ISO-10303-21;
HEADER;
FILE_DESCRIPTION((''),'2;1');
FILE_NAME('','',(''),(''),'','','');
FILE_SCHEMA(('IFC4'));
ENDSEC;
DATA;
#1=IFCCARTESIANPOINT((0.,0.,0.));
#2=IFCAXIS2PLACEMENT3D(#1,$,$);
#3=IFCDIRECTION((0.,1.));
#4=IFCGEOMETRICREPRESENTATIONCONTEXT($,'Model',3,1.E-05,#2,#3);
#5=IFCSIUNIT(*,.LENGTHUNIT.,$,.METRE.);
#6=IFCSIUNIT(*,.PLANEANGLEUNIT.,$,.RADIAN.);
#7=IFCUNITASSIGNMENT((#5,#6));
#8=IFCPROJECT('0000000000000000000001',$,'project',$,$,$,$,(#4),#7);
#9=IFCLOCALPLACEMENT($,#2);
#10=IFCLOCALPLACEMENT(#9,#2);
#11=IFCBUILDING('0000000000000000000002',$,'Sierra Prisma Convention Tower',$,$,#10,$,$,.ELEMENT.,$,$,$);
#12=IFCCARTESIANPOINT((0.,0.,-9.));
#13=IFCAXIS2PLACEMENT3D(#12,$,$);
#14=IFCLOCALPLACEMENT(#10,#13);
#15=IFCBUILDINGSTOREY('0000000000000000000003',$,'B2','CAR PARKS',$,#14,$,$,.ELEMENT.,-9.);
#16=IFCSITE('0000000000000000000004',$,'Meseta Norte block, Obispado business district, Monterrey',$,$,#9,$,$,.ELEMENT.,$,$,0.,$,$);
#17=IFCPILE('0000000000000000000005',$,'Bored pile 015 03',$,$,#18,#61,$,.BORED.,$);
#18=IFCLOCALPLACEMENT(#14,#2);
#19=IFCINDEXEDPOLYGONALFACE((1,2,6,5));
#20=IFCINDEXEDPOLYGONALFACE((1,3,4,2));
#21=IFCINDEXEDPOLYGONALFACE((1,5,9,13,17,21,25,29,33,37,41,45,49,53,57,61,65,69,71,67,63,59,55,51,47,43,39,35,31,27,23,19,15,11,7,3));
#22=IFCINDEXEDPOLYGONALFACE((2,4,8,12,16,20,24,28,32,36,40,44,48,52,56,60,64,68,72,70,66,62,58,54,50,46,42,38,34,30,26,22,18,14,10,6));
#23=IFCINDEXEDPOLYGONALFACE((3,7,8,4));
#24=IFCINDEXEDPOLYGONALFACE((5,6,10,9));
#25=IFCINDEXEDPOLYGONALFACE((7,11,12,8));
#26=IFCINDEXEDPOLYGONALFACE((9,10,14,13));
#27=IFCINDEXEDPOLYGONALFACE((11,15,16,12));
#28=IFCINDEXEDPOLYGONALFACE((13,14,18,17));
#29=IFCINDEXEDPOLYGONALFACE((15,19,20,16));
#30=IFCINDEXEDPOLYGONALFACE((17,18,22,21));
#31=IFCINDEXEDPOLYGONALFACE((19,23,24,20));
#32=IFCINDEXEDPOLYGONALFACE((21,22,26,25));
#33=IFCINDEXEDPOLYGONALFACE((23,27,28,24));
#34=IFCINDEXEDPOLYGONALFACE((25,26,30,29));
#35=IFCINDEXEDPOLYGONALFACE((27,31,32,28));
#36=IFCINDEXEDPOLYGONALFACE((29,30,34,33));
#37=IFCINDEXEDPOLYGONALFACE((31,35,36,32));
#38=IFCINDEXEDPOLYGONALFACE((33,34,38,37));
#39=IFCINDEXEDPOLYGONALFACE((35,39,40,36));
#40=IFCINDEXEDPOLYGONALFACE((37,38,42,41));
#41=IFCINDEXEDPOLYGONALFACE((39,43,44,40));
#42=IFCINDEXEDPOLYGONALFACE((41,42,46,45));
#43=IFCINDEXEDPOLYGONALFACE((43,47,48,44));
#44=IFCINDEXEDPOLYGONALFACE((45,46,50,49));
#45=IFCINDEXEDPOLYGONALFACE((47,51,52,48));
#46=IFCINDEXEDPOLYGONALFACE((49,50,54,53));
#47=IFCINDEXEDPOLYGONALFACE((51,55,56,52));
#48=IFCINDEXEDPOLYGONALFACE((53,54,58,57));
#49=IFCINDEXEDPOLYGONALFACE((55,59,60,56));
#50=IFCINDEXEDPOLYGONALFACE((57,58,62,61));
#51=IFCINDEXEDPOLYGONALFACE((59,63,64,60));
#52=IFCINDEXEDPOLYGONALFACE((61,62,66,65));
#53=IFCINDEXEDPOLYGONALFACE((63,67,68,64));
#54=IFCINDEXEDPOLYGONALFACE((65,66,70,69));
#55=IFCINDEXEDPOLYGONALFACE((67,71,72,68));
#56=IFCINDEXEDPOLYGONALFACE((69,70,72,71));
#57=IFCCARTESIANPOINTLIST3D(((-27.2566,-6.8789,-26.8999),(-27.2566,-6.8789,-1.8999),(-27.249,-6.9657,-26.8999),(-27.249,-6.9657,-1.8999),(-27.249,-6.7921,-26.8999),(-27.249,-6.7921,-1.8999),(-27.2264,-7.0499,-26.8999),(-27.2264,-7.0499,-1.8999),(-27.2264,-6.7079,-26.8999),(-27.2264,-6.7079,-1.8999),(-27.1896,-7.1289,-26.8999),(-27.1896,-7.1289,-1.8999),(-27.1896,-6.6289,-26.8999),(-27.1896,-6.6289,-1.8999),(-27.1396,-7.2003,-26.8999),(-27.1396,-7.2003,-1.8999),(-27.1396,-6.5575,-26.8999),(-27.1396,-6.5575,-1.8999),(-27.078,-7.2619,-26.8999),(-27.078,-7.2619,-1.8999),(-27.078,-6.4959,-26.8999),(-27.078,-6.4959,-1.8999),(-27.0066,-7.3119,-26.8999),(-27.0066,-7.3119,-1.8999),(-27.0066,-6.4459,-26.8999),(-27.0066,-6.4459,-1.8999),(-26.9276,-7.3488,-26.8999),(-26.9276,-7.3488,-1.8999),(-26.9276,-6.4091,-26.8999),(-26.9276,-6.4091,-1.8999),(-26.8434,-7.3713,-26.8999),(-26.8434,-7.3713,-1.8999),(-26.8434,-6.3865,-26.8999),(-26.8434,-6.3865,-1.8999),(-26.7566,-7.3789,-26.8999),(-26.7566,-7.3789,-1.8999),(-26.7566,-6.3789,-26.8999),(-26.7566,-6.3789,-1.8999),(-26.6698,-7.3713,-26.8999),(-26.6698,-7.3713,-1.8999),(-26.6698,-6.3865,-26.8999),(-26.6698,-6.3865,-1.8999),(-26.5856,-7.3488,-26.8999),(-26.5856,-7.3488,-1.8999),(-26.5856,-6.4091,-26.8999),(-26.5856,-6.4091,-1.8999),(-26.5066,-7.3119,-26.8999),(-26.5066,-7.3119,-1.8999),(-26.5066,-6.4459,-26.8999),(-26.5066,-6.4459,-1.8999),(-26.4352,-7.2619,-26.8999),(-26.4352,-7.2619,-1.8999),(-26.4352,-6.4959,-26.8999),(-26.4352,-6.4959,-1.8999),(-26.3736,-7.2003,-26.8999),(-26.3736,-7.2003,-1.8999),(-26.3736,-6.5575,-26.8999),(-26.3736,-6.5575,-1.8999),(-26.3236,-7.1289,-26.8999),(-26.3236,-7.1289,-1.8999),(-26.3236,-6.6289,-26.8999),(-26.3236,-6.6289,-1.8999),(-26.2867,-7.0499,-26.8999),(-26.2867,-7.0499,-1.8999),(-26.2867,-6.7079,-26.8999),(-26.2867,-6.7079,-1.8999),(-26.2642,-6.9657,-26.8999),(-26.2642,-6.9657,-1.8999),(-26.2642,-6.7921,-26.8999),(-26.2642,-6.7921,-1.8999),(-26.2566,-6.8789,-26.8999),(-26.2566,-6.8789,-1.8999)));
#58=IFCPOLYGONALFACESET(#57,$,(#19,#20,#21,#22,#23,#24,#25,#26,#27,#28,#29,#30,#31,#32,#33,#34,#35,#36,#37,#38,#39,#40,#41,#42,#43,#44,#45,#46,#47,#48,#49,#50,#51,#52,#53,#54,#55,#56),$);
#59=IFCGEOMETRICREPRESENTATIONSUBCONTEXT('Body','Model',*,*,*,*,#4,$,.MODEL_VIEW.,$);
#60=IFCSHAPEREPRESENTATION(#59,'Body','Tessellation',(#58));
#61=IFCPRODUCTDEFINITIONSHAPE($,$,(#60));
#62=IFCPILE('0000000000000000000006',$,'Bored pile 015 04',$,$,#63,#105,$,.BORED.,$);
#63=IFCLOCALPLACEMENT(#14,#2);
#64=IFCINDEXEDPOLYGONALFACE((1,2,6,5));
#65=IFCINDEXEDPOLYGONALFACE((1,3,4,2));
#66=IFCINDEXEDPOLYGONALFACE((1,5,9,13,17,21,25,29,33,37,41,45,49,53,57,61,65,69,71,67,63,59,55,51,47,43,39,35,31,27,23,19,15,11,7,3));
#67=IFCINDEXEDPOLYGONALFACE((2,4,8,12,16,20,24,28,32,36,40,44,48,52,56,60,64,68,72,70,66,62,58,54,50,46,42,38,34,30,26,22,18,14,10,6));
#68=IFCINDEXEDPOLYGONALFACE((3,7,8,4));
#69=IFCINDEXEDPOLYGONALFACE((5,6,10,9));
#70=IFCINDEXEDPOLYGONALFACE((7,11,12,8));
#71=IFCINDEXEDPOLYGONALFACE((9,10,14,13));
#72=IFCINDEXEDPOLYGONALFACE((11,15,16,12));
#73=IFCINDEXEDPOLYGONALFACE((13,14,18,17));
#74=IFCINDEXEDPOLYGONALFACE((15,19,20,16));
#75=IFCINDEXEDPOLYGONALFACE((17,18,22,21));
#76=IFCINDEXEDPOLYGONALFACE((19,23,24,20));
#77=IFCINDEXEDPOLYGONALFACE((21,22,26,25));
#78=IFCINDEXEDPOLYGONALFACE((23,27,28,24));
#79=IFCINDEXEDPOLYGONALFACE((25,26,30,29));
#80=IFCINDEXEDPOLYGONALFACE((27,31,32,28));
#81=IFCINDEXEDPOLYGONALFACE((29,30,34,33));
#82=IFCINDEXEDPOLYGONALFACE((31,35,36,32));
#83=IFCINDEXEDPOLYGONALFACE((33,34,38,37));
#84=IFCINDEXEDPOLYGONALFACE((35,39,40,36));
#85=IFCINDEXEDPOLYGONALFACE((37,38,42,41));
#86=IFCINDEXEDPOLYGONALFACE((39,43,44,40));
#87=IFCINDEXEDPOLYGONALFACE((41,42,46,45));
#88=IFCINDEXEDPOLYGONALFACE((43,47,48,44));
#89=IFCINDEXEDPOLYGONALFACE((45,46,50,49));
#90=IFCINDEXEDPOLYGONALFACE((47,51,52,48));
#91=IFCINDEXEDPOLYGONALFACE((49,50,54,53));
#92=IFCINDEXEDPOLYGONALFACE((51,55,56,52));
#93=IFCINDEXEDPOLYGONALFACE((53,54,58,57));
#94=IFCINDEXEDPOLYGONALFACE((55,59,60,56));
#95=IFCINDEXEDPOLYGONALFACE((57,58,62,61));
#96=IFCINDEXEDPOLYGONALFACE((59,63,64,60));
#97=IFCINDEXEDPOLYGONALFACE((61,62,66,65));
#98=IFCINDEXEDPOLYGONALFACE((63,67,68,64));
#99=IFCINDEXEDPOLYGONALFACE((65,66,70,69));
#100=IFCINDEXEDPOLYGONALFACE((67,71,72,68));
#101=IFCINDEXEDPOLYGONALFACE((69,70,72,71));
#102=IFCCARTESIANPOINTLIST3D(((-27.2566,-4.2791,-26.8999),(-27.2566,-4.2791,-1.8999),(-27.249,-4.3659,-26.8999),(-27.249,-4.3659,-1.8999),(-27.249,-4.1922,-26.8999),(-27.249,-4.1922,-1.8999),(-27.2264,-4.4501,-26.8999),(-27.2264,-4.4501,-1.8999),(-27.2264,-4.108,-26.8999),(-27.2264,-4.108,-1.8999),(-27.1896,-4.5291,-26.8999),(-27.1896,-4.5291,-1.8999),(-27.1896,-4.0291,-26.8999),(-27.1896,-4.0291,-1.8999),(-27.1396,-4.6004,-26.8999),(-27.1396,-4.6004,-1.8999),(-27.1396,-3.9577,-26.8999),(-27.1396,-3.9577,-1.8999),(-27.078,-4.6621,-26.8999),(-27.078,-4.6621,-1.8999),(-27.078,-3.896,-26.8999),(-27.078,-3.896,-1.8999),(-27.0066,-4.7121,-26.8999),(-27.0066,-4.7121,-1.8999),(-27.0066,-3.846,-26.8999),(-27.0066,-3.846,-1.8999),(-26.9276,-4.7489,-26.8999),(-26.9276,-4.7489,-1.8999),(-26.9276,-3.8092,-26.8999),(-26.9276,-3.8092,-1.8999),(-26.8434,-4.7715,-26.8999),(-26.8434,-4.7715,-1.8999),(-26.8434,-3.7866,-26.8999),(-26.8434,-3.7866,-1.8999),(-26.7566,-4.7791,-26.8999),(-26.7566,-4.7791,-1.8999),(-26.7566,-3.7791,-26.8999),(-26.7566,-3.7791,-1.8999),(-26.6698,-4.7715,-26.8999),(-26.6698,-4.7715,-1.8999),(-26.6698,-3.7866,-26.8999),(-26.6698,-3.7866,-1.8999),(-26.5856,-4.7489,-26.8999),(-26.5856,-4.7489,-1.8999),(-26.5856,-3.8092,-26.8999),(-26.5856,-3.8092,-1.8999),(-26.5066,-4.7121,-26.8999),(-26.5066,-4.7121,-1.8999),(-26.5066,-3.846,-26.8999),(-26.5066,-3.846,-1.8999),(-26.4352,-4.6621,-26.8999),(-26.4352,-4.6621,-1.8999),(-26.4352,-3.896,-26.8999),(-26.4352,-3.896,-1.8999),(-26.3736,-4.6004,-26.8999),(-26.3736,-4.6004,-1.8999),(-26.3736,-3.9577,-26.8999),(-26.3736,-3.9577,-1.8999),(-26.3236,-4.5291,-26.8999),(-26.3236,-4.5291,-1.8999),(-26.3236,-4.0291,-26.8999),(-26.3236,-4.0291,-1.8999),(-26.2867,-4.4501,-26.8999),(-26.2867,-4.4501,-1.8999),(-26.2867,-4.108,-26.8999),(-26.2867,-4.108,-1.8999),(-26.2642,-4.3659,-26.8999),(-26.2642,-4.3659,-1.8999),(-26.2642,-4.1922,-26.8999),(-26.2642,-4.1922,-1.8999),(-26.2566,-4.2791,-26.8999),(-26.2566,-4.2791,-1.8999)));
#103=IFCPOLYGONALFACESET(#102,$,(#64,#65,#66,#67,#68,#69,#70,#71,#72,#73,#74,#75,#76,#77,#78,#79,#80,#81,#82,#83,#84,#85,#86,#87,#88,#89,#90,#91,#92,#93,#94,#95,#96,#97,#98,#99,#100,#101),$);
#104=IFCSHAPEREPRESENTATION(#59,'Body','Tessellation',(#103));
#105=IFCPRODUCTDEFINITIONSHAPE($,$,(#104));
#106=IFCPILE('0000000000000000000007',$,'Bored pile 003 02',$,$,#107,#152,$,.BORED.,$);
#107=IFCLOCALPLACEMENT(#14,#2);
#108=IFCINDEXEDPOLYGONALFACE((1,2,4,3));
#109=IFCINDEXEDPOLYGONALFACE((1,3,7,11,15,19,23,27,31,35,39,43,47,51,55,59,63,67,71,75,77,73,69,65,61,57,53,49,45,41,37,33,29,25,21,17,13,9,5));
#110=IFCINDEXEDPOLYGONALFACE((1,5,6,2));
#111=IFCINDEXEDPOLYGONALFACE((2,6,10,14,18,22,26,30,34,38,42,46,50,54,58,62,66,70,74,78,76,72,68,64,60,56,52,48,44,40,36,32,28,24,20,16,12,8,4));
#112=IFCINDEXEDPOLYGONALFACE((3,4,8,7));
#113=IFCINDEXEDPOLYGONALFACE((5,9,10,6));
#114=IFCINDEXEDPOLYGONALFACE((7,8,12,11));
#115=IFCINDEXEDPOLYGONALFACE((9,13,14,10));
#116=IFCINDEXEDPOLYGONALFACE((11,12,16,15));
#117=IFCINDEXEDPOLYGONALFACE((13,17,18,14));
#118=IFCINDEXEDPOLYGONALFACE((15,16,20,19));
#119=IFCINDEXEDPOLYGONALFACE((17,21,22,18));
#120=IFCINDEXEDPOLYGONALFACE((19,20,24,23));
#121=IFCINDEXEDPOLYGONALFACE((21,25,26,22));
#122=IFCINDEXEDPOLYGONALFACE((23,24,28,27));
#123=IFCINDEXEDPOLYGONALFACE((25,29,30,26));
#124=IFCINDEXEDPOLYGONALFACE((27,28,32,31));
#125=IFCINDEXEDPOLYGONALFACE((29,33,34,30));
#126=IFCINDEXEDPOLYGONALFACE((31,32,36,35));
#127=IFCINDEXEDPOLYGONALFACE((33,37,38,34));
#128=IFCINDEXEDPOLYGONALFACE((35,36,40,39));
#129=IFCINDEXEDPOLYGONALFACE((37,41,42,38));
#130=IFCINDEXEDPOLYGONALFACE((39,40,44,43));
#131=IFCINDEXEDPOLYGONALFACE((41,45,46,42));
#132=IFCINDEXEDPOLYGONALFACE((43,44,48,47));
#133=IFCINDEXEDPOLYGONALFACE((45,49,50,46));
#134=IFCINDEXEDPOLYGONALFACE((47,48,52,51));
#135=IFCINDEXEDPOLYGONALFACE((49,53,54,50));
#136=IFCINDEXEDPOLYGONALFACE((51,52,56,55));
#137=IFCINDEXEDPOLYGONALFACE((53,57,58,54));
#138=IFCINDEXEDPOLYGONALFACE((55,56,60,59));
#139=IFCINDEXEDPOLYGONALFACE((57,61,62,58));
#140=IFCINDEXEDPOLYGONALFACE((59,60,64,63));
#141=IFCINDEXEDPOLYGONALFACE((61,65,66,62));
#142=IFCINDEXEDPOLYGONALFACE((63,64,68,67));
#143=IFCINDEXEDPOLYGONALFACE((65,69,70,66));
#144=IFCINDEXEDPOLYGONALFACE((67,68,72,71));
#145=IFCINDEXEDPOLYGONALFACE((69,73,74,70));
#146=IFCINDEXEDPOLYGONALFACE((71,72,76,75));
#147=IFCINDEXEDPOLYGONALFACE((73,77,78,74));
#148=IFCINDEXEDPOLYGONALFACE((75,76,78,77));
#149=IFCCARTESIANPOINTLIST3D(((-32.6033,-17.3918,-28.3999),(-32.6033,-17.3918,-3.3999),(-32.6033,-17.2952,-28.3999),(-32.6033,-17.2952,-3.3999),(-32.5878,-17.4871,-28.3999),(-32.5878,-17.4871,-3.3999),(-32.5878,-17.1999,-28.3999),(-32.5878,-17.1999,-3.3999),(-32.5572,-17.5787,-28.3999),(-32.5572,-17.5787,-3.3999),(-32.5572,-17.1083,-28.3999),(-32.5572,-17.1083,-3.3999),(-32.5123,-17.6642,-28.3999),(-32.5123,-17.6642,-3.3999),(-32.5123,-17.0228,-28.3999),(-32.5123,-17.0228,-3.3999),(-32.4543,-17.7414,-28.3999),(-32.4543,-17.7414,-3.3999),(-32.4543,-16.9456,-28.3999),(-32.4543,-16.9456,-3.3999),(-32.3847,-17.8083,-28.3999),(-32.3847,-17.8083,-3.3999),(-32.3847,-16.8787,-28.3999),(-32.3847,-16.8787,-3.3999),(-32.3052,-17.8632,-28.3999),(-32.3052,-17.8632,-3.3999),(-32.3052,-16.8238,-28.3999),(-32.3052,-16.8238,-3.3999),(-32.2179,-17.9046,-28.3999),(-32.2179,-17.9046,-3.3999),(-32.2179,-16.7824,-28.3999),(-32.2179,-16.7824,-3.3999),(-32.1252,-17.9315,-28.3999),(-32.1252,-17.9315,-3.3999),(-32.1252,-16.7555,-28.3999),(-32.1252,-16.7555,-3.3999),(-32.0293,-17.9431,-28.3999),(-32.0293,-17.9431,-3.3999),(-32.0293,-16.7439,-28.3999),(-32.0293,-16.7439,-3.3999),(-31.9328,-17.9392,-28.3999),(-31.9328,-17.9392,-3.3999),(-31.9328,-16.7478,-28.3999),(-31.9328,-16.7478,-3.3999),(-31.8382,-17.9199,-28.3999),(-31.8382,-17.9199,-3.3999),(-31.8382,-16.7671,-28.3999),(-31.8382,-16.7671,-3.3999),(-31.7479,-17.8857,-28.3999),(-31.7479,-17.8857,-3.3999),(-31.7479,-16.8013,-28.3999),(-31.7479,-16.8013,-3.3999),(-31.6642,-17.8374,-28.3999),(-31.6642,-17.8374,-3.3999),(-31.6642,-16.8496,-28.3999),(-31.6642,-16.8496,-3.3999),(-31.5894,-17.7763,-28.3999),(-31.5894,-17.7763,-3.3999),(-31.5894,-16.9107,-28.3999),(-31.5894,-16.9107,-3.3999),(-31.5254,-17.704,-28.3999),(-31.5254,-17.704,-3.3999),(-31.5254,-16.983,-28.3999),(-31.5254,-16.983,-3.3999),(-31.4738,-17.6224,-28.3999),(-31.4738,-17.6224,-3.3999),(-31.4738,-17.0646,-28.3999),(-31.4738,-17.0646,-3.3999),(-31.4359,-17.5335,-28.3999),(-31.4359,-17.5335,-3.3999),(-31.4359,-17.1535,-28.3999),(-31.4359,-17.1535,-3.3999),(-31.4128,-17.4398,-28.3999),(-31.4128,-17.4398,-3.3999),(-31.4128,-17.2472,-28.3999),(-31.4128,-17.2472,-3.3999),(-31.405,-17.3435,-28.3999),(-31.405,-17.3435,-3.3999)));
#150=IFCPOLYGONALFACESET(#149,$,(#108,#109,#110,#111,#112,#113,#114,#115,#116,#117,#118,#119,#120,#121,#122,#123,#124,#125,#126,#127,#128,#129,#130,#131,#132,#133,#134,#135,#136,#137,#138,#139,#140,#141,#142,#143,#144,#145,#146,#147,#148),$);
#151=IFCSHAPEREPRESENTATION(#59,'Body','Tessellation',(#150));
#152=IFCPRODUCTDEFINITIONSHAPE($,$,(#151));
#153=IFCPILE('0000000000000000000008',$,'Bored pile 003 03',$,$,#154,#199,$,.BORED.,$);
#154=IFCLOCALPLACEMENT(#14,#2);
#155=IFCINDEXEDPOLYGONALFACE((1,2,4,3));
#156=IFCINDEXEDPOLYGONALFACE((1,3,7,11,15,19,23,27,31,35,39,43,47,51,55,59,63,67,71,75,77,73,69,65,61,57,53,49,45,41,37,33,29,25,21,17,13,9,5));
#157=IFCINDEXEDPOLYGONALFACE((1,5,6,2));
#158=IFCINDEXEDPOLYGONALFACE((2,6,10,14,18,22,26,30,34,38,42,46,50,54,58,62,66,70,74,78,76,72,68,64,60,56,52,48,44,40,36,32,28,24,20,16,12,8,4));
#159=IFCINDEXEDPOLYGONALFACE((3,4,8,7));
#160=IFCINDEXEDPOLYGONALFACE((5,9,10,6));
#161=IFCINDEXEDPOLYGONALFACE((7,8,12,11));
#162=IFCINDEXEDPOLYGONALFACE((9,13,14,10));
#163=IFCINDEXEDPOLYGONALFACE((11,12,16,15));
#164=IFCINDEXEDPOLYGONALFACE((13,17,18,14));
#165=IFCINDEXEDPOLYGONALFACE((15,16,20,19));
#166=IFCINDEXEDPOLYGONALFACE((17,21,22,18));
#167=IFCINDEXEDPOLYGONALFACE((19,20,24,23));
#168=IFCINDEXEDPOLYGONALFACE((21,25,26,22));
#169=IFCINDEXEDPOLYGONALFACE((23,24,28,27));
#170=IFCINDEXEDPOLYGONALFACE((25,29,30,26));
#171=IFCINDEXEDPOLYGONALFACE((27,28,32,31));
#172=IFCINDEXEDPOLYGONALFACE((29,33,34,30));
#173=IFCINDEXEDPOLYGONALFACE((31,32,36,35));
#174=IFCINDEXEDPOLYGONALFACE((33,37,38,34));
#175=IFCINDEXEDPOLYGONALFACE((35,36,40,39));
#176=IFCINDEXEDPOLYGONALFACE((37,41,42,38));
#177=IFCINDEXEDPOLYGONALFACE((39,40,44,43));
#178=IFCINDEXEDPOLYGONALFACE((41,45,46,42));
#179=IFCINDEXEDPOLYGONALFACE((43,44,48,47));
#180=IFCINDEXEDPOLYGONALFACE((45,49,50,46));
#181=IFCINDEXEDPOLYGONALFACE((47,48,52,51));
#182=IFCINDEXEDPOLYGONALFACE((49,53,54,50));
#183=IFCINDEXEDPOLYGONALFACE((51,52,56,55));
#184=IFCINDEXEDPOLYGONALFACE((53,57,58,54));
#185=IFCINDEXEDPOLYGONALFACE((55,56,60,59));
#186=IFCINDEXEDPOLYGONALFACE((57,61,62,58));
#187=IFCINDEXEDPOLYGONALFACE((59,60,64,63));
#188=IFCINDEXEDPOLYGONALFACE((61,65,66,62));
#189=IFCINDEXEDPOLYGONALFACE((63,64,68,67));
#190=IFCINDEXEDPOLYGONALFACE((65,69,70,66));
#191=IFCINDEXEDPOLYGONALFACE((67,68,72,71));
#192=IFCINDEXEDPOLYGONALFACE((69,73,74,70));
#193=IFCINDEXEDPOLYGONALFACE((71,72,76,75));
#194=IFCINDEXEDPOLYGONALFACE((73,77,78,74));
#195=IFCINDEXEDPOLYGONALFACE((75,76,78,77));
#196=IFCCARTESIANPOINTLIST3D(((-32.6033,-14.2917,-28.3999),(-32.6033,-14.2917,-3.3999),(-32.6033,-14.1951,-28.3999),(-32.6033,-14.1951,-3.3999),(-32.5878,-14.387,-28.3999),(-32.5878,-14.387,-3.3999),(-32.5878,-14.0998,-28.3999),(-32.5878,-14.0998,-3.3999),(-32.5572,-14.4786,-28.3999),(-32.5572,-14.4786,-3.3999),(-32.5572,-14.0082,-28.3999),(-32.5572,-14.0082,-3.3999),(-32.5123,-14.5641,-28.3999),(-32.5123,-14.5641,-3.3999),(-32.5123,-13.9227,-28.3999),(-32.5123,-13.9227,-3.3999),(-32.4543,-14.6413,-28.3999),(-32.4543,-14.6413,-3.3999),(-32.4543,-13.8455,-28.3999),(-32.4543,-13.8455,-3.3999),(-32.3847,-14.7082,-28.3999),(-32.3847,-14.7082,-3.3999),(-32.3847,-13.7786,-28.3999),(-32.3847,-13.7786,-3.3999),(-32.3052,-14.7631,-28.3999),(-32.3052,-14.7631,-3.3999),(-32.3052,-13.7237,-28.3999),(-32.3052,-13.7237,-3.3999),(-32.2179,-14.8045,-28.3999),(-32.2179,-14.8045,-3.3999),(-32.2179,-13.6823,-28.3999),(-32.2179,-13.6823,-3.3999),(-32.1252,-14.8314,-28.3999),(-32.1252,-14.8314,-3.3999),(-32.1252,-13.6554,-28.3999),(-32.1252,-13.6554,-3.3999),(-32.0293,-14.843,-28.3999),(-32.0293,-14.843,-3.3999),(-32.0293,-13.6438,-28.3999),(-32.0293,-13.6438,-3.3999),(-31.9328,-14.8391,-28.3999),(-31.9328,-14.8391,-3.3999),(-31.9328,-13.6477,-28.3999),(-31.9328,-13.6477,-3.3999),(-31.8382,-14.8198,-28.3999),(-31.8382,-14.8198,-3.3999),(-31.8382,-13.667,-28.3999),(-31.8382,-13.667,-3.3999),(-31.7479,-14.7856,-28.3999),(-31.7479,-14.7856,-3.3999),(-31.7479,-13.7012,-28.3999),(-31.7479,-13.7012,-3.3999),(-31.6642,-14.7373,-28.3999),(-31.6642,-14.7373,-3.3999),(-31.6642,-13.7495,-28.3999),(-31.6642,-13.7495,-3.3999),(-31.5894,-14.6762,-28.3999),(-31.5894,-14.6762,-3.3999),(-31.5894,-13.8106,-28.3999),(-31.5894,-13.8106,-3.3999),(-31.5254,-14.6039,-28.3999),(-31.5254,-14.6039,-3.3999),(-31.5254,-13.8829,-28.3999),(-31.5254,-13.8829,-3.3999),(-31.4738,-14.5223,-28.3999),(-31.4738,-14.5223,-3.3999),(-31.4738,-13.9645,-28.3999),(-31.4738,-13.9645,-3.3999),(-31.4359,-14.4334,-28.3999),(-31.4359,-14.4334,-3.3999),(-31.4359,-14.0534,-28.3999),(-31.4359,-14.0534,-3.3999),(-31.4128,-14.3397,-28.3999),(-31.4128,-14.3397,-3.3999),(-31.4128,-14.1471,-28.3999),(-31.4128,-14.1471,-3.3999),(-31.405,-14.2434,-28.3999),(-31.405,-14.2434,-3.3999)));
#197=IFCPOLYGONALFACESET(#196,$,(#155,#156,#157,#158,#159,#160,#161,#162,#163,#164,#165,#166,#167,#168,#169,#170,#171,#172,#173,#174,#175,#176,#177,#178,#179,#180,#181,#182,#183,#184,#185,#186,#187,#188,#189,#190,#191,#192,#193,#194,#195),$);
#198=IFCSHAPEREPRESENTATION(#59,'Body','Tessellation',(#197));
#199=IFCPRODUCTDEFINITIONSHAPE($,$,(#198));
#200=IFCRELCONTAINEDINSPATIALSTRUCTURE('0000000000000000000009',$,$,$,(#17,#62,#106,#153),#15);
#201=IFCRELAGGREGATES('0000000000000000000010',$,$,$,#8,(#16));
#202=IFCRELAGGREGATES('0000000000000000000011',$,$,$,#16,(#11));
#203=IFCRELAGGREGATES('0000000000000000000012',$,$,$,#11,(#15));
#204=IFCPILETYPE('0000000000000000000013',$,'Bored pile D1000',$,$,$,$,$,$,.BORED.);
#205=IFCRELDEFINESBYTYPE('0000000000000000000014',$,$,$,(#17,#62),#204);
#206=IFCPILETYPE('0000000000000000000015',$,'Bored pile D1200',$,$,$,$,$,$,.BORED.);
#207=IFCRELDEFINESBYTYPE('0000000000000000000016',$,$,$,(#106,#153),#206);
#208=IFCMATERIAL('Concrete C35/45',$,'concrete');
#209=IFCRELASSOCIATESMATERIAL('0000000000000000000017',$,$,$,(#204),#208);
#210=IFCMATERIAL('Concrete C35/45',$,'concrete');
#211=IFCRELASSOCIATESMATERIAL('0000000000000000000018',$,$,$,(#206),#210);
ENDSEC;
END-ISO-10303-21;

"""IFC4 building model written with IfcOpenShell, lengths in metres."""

from ifc_helpers import new_model, si_unit, direction, frame, origin, origin_2d, place, context, subcontext, project, spatial, circle, extrude, material, material_profile, profile_set, type_object, element, save


model = new_model("IFC4")

# Units and contexts
model_context = context("Model", 3, precision=1e-05, world=origin(), true_north=direction((0.0, 1.0)))
body_context = subcontext(model_context, "Body", "Model", "MODEL_VIEW")
ifc_project = project(units=[si_unit("LENGTHUNIT", "METRE"), si_unit("PLANEANGLEUNIT", "RADIAN")], contexts=[model_context])

# Site, building, storey
site_placement = place(None, origin())
site = spatial("IfcSite", under=ifc_project, at=site_placement, Name="Meseta Norte block, Obispado business district, Monterrey", CompositionType="ELEMENT", RefElevation=0.0)
building_placement = place(site_placement, origin())
building = spatial("IfcBuilding", under=site, at=building_placement, Name="Sierra Prisma Convention Tower", CompositionType="ELEMENT")
storey_placement = place(building_placement, frame((0.0, 0.0, -9.0)))
storey = spatial("IfcBuildingStorey", under=building, at=storey_placement, Name="B2", Description="CAR PARKS", CompositionType="ELEMENT", Elevation=-9.0)

# Piles
ifc_material_1 = material(Name="Concrete C35/45", Category="concrete")
ifc_material_profile_1 = material_profile(ifc_material_1, circle(Radius=0.5, at=origin_2d()), Name="D1000")
ifc_profile_set_1 = profile_set([ifc_material_profile_1], Name="Concrete C35/45")
pile_type_1 = type_object("IfcPileType", Name="Bored pile D1000", PredefinedType="BORED", material=ifc_profile_set_1)
for number, where, z_axis, x_axis, name in (
    (1, (-26.7566, -6.8789, -1.8999), (0.0, 0.0, -1.0), (1.0, 0.0, 0.0), "Bored pile 015 03"),
    (2, (-26.7566, -4.2791, -1.8999), (0.0, 0.0, -1.0), (1.0, 0.0, 0.0), "Bored pile 015 04"),
):
    element("IfcPile", number, at=place(storey_placement, frame(where, z_axis=z_axis, x_axis=x_axis)), inside=storey, type_object=pile_type_1, Name=name, PredefinedType="BORED", context=body_context, shape_type="SweptSolid", body=[
        extrude(circle(Radius=0.5, at=origin_2d()), origin(), (0.0, 0.0, 1.0), 25.0),
    ])
ifc_material_2 = material(Name="Concrete C35/45", Category="concrete")
ifc_material_profile_2 = material_profile(ifc_material_2, circle(Radius=0.6001, at=origin_2d()), Name="D1200")
ifc_profile_set_2 = profile_set([ifc_material_profile_2], Name="Concrete C35/45")
pile_type_2 = type_object("IfcPileType", Name="Bored pile D1200", PredefinedType="BORED", material=ifc_profile_set_2)
for number, where, z_axis, x_axis, name in (
    (3, (-32.0051, -17.3435, -3.3999), (0.0, 0.0, -1.0), (1.0, 0.0, 0.0), "Bored pile 003 02"),
    (4, (-32.0051, -14.2434, -3.3999), (0.0, 0.0, -1.0), (1.0, 0.0, 0.0), "Bored pile 003 03"),
):
    element("IfcPile", number, at=place(storey_placement, frame(where, z_axis=z_axis, x_axis=x_axis)), inside=storey, type_object=pile_type_2, Name=name, PredefinedType="BORED", context=body_context, shape_type="SweptSolid", body=[
        extrude(circle(Radius=0.6001, at=origin_2d()), origin(), (0.0, 0.0, 1.0), 25.0),
    ])

save(model, "model.ifc")
